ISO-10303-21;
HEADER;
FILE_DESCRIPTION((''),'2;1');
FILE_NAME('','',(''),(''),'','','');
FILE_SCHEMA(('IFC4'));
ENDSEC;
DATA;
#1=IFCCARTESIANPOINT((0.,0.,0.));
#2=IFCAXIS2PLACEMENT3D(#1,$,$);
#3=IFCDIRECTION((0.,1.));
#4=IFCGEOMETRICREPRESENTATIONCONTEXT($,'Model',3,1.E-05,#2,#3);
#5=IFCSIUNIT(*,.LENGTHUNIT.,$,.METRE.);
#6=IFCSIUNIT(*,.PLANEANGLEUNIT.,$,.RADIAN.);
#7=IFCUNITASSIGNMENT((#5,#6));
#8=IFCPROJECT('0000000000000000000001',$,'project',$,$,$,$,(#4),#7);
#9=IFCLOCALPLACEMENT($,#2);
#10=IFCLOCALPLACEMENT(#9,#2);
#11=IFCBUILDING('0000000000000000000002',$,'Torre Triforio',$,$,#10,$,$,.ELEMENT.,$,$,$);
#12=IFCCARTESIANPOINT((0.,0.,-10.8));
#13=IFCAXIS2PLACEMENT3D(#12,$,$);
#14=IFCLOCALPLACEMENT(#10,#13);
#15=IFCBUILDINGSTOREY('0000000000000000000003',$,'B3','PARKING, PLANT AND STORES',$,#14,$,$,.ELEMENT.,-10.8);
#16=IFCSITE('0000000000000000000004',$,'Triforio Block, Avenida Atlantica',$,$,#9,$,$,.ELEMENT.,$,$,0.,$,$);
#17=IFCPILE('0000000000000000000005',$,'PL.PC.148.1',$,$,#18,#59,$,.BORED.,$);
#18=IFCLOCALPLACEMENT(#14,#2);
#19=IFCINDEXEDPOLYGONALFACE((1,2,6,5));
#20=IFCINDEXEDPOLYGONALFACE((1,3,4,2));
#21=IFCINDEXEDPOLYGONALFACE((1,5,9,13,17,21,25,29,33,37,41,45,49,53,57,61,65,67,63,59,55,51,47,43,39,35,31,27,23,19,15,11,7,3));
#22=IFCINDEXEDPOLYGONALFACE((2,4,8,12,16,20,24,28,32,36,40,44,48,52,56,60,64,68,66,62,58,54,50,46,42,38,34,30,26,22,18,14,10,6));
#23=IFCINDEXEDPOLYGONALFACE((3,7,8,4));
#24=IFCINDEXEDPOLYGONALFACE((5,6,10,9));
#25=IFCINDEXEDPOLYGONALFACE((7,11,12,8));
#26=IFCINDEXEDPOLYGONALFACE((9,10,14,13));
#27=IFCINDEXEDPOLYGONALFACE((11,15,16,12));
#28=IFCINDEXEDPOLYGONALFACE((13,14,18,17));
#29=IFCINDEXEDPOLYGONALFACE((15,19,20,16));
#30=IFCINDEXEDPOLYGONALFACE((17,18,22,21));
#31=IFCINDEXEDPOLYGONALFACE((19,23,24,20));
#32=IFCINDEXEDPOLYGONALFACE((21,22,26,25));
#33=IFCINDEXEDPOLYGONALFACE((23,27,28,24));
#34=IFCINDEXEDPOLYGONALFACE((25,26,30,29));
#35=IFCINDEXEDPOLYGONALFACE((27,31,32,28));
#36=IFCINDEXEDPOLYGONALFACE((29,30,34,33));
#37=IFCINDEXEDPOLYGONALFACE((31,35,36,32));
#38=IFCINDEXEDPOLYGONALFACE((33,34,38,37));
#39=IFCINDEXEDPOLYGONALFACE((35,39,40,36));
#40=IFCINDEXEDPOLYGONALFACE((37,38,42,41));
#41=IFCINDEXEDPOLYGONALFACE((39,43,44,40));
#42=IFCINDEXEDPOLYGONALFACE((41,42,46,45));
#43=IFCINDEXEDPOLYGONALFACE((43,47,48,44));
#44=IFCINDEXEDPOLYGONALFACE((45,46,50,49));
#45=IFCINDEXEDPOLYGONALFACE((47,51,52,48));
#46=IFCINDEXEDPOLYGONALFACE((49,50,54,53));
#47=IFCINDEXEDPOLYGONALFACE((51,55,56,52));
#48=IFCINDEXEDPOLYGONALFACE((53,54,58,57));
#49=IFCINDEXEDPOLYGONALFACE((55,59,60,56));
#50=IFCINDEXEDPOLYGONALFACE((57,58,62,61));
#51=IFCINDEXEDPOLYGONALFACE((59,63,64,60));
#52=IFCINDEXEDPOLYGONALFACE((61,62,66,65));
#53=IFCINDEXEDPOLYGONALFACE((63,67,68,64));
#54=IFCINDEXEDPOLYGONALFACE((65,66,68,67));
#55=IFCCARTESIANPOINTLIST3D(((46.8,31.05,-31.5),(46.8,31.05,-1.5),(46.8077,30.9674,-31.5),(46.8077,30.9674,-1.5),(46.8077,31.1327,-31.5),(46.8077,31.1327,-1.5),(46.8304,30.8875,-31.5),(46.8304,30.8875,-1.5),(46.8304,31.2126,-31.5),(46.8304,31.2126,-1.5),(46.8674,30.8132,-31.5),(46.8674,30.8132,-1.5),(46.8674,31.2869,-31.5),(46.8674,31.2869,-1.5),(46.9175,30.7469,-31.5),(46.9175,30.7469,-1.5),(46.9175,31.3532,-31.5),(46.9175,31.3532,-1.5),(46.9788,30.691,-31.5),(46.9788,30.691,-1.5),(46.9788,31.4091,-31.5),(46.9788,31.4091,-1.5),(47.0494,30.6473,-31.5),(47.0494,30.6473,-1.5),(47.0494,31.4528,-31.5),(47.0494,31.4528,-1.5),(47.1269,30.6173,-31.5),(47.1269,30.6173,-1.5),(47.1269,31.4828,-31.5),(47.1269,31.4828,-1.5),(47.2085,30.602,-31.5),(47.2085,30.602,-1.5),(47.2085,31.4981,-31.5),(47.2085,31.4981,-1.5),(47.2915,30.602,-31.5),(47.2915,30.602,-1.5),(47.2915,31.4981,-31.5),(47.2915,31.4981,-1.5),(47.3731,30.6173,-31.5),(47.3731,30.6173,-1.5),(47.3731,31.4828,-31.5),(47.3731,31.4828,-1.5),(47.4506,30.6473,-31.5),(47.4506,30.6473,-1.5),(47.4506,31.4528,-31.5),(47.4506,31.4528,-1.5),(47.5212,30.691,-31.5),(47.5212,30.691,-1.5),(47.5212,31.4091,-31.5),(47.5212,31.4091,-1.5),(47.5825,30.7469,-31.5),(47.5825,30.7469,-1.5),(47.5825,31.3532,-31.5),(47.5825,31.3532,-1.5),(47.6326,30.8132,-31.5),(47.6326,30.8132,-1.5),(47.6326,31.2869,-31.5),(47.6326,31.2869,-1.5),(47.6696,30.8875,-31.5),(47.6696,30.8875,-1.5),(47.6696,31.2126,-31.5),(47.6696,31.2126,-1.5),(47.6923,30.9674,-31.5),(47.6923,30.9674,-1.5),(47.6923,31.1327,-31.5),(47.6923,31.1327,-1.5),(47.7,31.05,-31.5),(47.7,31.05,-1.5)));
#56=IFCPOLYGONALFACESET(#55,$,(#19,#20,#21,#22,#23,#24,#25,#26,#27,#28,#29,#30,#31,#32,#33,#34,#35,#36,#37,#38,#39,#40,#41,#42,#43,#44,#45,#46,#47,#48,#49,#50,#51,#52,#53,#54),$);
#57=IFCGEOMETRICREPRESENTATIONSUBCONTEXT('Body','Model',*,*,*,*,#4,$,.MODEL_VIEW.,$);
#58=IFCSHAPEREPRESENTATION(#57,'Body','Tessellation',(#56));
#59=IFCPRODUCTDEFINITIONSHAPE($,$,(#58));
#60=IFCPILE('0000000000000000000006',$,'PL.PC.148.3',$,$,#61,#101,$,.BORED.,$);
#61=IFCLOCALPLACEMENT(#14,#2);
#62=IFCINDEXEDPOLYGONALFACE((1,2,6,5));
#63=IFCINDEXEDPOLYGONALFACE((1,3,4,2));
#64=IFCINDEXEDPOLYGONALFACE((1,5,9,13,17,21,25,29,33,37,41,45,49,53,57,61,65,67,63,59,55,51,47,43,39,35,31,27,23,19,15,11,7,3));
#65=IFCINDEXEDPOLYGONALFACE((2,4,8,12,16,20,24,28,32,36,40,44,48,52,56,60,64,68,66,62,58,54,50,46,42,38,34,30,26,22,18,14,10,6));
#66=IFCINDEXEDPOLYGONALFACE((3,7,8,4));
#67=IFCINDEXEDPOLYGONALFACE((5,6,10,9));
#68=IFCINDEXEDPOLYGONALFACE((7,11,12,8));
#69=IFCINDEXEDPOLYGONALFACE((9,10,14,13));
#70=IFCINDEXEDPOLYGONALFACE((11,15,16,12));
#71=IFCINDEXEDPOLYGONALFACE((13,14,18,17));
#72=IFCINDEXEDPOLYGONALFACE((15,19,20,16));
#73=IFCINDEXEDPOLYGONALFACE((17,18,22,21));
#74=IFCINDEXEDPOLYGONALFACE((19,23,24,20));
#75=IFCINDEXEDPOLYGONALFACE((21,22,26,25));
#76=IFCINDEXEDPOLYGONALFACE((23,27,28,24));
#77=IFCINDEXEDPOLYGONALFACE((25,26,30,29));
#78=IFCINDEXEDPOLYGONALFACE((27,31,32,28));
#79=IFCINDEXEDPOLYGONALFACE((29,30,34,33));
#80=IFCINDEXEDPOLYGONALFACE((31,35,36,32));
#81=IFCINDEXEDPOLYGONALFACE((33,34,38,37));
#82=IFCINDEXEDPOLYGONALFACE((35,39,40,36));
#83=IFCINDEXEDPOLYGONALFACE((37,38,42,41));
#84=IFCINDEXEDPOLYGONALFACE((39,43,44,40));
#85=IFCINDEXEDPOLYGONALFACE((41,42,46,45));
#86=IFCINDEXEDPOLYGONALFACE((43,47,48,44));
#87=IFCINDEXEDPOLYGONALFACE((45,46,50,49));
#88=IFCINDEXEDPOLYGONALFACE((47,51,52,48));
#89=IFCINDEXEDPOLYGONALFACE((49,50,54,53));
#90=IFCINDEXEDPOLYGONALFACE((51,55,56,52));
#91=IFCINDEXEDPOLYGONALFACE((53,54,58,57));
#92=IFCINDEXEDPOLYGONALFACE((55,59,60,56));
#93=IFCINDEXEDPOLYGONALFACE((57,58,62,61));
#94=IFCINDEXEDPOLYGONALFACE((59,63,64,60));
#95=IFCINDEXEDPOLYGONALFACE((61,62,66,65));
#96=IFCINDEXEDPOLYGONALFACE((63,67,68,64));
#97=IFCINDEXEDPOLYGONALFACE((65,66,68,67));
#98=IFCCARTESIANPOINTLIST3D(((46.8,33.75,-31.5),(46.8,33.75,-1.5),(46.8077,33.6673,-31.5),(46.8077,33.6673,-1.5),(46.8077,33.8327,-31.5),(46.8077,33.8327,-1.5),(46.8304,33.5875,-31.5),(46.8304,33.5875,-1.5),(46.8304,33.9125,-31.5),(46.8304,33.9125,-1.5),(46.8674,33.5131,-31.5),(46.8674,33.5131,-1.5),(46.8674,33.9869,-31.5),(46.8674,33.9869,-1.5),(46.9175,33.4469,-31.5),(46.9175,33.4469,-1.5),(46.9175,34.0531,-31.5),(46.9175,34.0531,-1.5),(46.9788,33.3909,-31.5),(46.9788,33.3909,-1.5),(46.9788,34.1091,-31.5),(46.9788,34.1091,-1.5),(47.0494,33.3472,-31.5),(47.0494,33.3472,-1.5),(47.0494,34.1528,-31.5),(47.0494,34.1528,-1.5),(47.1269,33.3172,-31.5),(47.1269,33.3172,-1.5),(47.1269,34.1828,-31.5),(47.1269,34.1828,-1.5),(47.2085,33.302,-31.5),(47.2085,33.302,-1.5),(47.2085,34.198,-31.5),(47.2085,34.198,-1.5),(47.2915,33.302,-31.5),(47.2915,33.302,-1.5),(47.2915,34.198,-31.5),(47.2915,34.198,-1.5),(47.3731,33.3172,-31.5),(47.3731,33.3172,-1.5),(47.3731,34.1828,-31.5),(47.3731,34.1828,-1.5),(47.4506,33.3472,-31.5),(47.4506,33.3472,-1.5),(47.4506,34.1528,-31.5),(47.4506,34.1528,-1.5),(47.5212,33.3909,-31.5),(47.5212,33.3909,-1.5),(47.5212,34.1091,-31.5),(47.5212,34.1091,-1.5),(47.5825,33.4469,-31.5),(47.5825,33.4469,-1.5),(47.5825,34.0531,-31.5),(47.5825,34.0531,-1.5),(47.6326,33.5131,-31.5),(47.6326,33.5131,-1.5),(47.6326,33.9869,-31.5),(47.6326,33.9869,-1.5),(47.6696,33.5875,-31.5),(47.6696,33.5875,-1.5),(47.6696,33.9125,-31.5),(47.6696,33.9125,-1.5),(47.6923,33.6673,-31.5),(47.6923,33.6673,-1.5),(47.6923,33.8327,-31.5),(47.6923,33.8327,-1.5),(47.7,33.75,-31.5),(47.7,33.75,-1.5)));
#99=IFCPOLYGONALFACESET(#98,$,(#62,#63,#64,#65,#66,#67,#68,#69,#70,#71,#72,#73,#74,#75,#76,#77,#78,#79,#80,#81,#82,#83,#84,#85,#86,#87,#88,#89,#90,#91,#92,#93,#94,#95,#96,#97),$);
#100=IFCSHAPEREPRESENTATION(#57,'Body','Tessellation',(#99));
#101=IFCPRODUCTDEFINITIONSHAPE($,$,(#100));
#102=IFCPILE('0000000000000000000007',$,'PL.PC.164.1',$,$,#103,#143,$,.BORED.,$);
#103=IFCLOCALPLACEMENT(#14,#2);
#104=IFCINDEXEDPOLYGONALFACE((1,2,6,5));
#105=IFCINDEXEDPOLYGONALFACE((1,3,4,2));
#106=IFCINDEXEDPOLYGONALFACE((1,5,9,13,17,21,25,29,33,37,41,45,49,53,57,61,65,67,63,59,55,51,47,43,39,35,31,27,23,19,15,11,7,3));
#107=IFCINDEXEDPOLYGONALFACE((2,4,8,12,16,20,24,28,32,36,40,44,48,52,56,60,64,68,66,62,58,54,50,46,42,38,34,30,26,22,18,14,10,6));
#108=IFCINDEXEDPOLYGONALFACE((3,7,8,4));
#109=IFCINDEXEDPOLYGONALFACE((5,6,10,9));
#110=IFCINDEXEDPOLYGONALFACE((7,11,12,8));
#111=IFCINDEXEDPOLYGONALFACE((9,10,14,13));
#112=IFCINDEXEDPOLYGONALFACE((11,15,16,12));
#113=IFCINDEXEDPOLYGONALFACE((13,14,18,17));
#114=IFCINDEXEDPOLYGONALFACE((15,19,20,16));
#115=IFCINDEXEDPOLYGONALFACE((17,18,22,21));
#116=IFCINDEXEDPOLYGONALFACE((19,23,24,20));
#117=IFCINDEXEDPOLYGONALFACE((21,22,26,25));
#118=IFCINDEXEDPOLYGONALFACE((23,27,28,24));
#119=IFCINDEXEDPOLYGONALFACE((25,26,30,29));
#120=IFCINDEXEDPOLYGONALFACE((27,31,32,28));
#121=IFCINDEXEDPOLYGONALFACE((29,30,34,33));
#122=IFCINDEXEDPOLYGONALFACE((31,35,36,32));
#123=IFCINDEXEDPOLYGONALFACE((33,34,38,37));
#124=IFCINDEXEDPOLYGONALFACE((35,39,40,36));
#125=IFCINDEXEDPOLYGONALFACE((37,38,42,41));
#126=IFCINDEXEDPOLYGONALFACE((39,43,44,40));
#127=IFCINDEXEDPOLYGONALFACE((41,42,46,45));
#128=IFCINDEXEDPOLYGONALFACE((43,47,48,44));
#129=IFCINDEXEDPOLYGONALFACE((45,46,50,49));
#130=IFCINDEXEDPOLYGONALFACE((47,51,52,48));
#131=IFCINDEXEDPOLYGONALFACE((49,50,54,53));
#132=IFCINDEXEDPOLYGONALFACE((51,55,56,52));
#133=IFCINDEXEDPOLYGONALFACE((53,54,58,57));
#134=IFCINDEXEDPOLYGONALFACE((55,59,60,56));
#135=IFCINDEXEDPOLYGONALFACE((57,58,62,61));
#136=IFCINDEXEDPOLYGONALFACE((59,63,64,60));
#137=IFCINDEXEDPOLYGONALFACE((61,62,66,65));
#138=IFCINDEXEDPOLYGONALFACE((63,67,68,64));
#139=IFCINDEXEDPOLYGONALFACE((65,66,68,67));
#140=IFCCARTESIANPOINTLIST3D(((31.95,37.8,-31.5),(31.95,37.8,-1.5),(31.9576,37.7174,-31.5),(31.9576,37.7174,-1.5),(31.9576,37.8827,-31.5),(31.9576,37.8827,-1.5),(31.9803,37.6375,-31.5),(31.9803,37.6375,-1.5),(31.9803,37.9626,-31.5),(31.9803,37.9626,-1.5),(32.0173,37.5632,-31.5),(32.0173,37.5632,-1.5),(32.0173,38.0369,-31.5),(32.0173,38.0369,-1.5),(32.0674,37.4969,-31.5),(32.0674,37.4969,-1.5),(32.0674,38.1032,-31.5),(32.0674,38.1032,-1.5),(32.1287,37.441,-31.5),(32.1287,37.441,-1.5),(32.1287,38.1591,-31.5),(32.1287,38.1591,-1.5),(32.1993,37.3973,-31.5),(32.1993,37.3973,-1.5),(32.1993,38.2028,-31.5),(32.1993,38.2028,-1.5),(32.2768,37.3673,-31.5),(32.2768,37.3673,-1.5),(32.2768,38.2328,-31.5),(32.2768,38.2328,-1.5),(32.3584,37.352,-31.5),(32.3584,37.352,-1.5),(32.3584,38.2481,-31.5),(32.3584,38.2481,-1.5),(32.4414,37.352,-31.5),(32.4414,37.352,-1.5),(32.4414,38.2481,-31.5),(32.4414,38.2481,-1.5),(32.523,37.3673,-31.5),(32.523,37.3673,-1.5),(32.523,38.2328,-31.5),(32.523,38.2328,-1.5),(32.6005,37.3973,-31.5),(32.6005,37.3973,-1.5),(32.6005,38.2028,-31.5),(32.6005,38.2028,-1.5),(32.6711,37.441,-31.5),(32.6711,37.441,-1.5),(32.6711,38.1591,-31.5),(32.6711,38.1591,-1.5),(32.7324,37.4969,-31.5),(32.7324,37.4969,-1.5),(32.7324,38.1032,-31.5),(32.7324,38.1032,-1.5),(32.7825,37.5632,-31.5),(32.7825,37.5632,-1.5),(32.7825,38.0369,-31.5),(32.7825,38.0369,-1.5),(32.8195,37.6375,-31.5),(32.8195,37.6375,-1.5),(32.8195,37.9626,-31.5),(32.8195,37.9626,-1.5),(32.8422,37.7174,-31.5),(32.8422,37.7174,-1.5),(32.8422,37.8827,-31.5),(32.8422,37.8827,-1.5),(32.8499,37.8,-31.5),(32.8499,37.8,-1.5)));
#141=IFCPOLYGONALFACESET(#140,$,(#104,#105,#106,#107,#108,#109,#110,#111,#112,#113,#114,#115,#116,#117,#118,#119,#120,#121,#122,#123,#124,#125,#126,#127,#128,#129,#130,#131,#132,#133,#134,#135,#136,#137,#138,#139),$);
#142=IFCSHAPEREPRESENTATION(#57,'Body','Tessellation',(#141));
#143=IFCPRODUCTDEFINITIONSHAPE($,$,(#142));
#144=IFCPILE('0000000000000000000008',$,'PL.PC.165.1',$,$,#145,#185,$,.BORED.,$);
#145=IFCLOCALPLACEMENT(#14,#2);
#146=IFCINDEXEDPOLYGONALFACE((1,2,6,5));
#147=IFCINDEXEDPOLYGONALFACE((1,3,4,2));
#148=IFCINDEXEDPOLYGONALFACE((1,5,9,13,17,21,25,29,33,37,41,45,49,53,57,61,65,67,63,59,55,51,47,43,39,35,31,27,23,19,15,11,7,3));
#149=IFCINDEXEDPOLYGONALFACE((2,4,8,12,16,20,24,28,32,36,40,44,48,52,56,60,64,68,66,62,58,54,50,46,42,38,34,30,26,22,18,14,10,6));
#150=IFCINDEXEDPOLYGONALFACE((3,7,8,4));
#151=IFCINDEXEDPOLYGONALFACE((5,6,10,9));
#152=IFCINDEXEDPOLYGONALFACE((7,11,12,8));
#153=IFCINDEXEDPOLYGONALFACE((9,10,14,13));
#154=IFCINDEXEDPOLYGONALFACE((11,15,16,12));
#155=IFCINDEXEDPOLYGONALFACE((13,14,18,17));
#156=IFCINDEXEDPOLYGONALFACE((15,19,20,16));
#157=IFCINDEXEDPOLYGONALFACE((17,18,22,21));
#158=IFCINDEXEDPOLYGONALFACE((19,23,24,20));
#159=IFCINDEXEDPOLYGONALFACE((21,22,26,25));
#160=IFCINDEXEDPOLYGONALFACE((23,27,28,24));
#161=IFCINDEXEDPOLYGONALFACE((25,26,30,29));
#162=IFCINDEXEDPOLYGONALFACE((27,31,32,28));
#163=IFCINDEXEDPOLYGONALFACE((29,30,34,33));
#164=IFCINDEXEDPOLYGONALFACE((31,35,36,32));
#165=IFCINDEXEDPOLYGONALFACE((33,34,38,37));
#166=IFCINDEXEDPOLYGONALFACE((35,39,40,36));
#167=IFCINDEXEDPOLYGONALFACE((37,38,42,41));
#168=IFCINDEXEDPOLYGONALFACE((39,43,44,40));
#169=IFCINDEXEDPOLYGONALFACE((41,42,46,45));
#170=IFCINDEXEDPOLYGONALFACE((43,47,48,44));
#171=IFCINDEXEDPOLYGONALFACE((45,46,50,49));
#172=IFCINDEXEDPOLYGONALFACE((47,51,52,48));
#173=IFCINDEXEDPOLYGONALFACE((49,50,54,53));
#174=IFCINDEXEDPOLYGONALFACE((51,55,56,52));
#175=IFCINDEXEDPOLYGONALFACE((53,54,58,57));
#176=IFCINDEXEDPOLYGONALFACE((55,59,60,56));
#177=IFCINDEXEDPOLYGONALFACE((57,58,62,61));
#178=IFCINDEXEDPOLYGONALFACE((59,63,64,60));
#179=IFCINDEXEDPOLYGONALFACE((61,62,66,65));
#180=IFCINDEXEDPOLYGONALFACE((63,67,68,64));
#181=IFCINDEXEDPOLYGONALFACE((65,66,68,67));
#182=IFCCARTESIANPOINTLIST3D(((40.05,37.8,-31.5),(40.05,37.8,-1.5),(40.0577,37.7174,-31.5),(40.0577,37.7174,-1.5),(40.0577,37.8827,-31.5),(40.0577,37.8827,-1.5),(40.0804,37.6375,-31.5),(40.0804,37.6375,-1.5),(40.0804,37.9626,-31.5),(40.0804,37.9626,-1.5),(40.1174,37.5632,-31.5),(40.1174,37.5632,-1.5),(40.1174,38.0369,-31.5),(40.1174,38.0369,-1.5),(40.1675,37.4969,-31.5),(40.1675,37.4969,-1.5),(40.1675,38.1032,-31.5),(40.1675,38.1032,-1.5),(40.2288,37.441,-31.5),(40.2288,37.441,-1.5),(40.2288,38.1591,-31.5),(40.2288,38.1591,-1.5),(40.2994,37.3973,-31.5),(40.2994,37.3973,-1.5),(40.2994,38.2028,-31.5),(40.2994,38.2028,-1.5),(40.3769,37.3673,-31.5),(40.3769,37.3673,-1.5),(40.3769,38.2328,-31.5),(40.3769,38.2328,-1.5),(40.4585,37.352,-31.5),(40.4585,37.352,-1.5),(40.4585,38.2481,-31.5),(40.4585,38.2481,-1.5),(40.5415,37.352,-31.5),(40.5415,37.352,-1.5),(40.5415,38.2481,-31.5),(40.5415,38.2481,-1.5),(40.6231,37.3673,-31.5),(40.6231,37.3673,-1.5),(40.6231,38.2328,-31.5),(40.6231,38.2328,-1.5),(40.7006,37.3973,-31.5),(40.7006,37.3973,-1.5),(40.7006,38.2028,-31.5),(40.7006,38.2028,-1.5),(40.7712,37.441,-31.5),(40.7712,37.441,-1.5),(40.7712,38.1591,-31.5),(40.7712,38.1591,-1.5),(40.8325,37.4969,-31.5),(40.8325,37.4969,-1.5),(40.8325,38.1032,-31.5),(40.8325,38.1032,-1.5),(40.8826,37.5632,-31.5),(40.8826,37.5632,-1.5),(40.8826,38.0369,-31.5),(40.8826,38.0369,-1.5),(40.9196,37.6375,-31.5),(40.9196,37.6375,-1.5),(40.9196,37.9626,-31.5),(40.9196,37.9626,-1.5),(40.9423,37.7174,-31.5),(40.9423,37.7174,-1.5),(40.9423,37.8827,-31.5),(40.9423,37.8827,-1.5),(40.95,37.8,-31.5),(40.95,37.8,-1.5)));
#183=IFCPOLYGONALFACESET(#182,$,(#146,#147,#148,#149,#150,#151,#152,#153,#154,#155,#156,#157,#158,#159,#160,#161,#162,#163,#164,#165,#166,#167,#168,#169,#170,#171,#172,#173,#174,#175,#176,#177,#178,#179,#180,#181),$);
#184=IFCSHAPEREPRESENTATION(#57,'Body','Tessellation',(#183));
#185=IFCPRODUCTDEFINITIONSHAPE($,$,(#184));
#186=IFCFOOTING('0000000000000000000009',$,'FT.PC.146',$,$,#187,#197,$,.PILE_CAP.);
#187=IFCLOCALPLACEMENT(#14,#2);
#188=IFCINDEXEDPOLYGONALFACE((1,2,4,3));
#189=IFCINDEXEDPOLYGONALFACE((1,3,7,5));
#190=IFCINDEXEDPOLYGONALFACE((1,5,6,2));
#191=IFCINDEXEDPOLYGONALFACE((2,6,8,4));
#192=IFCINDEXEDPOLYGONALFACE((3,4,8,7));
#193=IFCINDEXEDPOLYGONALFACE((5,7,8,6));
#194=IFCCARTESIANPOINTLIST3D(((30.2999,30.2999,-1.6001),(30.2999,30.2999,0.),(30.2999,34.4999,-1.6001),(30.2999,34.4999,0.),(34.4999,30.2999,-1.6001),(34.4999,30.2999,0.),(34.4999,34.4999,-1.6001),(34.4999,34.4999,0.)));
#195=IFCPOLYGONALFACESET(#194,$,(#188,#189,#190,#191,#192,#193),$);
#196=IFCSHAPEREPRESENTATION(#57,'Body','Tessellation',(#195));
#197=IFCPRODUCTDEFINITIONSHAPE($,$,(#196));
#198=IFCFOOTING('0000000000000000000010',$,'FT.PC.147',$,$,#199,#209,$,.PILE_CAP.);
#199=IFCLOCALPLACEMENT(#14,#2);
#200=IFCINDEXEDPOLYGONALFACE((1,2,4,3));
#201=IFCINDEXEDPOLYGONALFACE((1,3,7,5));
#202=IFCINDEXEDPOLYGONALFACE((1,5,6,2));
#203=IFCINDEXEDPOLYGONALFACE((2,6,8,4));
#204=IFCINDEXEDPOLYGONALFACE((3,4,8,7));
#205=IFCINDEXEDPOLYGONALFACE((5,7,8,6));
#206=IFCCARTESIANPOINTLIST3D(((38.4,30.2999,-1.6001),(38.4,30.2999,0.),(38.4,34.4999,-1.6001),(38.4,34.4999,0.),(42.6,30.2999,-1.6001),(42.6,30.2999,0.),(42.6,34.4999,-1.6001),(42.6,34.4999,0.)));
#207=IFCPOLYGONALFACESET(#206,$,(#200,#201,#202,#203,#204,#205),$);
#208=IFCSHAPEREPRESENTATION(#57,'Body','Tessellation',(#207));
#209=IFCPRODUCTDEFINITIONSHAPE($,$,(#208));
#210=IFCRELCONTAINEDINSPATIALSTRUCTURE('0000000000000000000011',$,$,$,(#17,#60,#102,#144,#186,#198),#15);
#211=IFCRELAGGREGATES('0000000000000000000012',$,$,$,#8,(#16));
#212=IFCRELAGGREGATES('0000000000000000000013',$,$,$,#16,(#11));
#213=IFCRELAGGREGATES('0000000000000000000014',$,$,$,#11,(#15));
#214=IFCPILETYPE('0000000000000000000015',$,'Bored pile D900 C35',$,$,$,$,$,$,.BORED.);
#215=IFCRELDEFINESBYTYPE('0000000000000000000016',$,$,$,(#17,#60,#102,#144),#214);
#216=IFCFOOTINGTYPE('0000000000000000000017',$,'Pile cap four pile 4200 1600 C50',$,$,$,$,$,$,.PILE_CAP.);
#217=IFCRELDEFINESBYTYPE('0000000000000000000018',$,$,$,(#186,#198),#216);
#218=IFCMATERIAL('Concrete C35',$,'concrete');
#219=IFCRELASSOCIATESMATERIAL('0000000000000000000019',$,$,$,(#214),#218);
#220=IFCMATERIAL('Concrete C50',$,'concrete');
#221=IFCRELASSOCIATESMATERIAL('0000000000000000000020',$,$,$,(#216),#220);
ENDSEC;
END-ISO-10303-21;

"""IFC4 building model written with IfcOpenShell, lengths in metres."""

from ifc_helpers import new_model, si_unit, direction, frame, origin, origin_2d, place, context, subcontext, project, spatial, rectangle, circle, extrude, material, material_profile, profile_set, type_object, element, save


model = new_model("IFC4")

# Units and contexts
model_context = context("Model", 3, precision=1e-05, world=origin(), true_north=direction((0.0, 1.0)))
body_context = subcontext(model_context, "Body", "Model", "MODEL_VIEW")
ifc_project = project(units=[si_unit("LENGTHUNIT", "METRE"), si_unit("PLANEANGLEUNIT", "RADIAN")], contexts=[model_context])

# Site, building, storey
site_placement = place(None, origin())
site = spatial("IfcSite", under=ifc_project, at=site_placement, Name="Triforio Block, Avenida Atlantica", CompositionType="ELEMENT", RefElevation=0.0)
building_placement = place(site_placement, origin())
building = spatial("IfcBuilding", under=site, at=building_placement, Name="Torre Triforio", CompositionType="ELEMENT")
storey_placement = place(building_placement, frame((0.0, 0.0, -10.8)))
storey = spatial("IfcBuildingStorey", under=building, at=storey_placement, Name="B3", Description="PARKING, PLANT AND STORES", CompositionType="ELEMENT", Elevation=-10.8)

# Piles
ifc_material_1 = material(Name="Concrete C35", Category="concrete")
ifc_material_profile_1 = material_profile(ifc_material_1, circle(Radius=0.45, at=origin_2d()), Name="RC D900")
ifc_profile_set_1 = profile_set([ifc_material_profile_1], Name="Concrete C35")
pile_type = type_object("IfcPileType", Name="Bored pile D900 C35", PredefinedType="BORED", material=ifc_profile_set_1)
for number, where, z_axis, x_axis, name in (
    (1, (47.25, 31.05, -1.5), (0.0, 0.0, -1.0), (1.0, 0.0, 0.0), "PL.PC.148.1"),
    (2, (47.25, 33.75, -1.5), (0.0, 0.0, -1.0), (1.0, 0.0, 0.0), "PL.PC.148.3"),
    (3, (32.3999, 37.8, -1.5), (0.0, 0.0, -1.0), (1.0, 0.0, 0.0), "PL.PC.164.1"),
    (4, (40.5, 37.8, -1.5), (0.0, 0.0, -1.0), (1.0, 0.0, 0.0), "PL.PC.165.1"),
):
    element("IfcPile", number, at=place(storey_placement, frame(where, z_axis=z_axis, x_axis=x_axis)), inside=storey, type_object=pile_type, Name=name, PredefinedType="BORED", context=body_context, shape_type="SweptSolid", body=[
        extrude(circle(Radius=0.45, at=origin_2d()), origin(), (0.0, 0.0, 1.0), 30.0),
    ])

# Footings
ifc_material_2 = material(Name="Concrete C50", Category="concrete")
footing_type_1 = type_object("IfcFootingType", Name="Pile cap four pile 4200 1600 C50", PredefinedType="PILE_CAP", material=ifc_material_2)
for number, where, z_axis, x_axis, name in (
    (5, (32.3999, 32.3999, -1.6001), (0.0, 0.0, 1.0), (1.0, 0.0, 0.0), "FT.PC.146"),
    (6, (40.5, 32.3999, -1.6001), (0.0, 0.0, 1.0), (1.0, 0.0, 0.0), "FT.PC.147"),
):
    element("IfcFooting", number, at=place(storey_placement, frame(where, z_axis=z_axis, x_axis=x_axis)), inside=storey, type_object=footing_type_1, Name=name, PredefinedType="PILE_CAP", context=body_context, shape_type="SweptSolid", body=[
        extrude(rectangle(XDim=4.2, YDim=4.2, at=origin_2d()), origin(), (0.0, 0.0, 1.0), 1.6001),
    ])

save(model, "model.ifc")
